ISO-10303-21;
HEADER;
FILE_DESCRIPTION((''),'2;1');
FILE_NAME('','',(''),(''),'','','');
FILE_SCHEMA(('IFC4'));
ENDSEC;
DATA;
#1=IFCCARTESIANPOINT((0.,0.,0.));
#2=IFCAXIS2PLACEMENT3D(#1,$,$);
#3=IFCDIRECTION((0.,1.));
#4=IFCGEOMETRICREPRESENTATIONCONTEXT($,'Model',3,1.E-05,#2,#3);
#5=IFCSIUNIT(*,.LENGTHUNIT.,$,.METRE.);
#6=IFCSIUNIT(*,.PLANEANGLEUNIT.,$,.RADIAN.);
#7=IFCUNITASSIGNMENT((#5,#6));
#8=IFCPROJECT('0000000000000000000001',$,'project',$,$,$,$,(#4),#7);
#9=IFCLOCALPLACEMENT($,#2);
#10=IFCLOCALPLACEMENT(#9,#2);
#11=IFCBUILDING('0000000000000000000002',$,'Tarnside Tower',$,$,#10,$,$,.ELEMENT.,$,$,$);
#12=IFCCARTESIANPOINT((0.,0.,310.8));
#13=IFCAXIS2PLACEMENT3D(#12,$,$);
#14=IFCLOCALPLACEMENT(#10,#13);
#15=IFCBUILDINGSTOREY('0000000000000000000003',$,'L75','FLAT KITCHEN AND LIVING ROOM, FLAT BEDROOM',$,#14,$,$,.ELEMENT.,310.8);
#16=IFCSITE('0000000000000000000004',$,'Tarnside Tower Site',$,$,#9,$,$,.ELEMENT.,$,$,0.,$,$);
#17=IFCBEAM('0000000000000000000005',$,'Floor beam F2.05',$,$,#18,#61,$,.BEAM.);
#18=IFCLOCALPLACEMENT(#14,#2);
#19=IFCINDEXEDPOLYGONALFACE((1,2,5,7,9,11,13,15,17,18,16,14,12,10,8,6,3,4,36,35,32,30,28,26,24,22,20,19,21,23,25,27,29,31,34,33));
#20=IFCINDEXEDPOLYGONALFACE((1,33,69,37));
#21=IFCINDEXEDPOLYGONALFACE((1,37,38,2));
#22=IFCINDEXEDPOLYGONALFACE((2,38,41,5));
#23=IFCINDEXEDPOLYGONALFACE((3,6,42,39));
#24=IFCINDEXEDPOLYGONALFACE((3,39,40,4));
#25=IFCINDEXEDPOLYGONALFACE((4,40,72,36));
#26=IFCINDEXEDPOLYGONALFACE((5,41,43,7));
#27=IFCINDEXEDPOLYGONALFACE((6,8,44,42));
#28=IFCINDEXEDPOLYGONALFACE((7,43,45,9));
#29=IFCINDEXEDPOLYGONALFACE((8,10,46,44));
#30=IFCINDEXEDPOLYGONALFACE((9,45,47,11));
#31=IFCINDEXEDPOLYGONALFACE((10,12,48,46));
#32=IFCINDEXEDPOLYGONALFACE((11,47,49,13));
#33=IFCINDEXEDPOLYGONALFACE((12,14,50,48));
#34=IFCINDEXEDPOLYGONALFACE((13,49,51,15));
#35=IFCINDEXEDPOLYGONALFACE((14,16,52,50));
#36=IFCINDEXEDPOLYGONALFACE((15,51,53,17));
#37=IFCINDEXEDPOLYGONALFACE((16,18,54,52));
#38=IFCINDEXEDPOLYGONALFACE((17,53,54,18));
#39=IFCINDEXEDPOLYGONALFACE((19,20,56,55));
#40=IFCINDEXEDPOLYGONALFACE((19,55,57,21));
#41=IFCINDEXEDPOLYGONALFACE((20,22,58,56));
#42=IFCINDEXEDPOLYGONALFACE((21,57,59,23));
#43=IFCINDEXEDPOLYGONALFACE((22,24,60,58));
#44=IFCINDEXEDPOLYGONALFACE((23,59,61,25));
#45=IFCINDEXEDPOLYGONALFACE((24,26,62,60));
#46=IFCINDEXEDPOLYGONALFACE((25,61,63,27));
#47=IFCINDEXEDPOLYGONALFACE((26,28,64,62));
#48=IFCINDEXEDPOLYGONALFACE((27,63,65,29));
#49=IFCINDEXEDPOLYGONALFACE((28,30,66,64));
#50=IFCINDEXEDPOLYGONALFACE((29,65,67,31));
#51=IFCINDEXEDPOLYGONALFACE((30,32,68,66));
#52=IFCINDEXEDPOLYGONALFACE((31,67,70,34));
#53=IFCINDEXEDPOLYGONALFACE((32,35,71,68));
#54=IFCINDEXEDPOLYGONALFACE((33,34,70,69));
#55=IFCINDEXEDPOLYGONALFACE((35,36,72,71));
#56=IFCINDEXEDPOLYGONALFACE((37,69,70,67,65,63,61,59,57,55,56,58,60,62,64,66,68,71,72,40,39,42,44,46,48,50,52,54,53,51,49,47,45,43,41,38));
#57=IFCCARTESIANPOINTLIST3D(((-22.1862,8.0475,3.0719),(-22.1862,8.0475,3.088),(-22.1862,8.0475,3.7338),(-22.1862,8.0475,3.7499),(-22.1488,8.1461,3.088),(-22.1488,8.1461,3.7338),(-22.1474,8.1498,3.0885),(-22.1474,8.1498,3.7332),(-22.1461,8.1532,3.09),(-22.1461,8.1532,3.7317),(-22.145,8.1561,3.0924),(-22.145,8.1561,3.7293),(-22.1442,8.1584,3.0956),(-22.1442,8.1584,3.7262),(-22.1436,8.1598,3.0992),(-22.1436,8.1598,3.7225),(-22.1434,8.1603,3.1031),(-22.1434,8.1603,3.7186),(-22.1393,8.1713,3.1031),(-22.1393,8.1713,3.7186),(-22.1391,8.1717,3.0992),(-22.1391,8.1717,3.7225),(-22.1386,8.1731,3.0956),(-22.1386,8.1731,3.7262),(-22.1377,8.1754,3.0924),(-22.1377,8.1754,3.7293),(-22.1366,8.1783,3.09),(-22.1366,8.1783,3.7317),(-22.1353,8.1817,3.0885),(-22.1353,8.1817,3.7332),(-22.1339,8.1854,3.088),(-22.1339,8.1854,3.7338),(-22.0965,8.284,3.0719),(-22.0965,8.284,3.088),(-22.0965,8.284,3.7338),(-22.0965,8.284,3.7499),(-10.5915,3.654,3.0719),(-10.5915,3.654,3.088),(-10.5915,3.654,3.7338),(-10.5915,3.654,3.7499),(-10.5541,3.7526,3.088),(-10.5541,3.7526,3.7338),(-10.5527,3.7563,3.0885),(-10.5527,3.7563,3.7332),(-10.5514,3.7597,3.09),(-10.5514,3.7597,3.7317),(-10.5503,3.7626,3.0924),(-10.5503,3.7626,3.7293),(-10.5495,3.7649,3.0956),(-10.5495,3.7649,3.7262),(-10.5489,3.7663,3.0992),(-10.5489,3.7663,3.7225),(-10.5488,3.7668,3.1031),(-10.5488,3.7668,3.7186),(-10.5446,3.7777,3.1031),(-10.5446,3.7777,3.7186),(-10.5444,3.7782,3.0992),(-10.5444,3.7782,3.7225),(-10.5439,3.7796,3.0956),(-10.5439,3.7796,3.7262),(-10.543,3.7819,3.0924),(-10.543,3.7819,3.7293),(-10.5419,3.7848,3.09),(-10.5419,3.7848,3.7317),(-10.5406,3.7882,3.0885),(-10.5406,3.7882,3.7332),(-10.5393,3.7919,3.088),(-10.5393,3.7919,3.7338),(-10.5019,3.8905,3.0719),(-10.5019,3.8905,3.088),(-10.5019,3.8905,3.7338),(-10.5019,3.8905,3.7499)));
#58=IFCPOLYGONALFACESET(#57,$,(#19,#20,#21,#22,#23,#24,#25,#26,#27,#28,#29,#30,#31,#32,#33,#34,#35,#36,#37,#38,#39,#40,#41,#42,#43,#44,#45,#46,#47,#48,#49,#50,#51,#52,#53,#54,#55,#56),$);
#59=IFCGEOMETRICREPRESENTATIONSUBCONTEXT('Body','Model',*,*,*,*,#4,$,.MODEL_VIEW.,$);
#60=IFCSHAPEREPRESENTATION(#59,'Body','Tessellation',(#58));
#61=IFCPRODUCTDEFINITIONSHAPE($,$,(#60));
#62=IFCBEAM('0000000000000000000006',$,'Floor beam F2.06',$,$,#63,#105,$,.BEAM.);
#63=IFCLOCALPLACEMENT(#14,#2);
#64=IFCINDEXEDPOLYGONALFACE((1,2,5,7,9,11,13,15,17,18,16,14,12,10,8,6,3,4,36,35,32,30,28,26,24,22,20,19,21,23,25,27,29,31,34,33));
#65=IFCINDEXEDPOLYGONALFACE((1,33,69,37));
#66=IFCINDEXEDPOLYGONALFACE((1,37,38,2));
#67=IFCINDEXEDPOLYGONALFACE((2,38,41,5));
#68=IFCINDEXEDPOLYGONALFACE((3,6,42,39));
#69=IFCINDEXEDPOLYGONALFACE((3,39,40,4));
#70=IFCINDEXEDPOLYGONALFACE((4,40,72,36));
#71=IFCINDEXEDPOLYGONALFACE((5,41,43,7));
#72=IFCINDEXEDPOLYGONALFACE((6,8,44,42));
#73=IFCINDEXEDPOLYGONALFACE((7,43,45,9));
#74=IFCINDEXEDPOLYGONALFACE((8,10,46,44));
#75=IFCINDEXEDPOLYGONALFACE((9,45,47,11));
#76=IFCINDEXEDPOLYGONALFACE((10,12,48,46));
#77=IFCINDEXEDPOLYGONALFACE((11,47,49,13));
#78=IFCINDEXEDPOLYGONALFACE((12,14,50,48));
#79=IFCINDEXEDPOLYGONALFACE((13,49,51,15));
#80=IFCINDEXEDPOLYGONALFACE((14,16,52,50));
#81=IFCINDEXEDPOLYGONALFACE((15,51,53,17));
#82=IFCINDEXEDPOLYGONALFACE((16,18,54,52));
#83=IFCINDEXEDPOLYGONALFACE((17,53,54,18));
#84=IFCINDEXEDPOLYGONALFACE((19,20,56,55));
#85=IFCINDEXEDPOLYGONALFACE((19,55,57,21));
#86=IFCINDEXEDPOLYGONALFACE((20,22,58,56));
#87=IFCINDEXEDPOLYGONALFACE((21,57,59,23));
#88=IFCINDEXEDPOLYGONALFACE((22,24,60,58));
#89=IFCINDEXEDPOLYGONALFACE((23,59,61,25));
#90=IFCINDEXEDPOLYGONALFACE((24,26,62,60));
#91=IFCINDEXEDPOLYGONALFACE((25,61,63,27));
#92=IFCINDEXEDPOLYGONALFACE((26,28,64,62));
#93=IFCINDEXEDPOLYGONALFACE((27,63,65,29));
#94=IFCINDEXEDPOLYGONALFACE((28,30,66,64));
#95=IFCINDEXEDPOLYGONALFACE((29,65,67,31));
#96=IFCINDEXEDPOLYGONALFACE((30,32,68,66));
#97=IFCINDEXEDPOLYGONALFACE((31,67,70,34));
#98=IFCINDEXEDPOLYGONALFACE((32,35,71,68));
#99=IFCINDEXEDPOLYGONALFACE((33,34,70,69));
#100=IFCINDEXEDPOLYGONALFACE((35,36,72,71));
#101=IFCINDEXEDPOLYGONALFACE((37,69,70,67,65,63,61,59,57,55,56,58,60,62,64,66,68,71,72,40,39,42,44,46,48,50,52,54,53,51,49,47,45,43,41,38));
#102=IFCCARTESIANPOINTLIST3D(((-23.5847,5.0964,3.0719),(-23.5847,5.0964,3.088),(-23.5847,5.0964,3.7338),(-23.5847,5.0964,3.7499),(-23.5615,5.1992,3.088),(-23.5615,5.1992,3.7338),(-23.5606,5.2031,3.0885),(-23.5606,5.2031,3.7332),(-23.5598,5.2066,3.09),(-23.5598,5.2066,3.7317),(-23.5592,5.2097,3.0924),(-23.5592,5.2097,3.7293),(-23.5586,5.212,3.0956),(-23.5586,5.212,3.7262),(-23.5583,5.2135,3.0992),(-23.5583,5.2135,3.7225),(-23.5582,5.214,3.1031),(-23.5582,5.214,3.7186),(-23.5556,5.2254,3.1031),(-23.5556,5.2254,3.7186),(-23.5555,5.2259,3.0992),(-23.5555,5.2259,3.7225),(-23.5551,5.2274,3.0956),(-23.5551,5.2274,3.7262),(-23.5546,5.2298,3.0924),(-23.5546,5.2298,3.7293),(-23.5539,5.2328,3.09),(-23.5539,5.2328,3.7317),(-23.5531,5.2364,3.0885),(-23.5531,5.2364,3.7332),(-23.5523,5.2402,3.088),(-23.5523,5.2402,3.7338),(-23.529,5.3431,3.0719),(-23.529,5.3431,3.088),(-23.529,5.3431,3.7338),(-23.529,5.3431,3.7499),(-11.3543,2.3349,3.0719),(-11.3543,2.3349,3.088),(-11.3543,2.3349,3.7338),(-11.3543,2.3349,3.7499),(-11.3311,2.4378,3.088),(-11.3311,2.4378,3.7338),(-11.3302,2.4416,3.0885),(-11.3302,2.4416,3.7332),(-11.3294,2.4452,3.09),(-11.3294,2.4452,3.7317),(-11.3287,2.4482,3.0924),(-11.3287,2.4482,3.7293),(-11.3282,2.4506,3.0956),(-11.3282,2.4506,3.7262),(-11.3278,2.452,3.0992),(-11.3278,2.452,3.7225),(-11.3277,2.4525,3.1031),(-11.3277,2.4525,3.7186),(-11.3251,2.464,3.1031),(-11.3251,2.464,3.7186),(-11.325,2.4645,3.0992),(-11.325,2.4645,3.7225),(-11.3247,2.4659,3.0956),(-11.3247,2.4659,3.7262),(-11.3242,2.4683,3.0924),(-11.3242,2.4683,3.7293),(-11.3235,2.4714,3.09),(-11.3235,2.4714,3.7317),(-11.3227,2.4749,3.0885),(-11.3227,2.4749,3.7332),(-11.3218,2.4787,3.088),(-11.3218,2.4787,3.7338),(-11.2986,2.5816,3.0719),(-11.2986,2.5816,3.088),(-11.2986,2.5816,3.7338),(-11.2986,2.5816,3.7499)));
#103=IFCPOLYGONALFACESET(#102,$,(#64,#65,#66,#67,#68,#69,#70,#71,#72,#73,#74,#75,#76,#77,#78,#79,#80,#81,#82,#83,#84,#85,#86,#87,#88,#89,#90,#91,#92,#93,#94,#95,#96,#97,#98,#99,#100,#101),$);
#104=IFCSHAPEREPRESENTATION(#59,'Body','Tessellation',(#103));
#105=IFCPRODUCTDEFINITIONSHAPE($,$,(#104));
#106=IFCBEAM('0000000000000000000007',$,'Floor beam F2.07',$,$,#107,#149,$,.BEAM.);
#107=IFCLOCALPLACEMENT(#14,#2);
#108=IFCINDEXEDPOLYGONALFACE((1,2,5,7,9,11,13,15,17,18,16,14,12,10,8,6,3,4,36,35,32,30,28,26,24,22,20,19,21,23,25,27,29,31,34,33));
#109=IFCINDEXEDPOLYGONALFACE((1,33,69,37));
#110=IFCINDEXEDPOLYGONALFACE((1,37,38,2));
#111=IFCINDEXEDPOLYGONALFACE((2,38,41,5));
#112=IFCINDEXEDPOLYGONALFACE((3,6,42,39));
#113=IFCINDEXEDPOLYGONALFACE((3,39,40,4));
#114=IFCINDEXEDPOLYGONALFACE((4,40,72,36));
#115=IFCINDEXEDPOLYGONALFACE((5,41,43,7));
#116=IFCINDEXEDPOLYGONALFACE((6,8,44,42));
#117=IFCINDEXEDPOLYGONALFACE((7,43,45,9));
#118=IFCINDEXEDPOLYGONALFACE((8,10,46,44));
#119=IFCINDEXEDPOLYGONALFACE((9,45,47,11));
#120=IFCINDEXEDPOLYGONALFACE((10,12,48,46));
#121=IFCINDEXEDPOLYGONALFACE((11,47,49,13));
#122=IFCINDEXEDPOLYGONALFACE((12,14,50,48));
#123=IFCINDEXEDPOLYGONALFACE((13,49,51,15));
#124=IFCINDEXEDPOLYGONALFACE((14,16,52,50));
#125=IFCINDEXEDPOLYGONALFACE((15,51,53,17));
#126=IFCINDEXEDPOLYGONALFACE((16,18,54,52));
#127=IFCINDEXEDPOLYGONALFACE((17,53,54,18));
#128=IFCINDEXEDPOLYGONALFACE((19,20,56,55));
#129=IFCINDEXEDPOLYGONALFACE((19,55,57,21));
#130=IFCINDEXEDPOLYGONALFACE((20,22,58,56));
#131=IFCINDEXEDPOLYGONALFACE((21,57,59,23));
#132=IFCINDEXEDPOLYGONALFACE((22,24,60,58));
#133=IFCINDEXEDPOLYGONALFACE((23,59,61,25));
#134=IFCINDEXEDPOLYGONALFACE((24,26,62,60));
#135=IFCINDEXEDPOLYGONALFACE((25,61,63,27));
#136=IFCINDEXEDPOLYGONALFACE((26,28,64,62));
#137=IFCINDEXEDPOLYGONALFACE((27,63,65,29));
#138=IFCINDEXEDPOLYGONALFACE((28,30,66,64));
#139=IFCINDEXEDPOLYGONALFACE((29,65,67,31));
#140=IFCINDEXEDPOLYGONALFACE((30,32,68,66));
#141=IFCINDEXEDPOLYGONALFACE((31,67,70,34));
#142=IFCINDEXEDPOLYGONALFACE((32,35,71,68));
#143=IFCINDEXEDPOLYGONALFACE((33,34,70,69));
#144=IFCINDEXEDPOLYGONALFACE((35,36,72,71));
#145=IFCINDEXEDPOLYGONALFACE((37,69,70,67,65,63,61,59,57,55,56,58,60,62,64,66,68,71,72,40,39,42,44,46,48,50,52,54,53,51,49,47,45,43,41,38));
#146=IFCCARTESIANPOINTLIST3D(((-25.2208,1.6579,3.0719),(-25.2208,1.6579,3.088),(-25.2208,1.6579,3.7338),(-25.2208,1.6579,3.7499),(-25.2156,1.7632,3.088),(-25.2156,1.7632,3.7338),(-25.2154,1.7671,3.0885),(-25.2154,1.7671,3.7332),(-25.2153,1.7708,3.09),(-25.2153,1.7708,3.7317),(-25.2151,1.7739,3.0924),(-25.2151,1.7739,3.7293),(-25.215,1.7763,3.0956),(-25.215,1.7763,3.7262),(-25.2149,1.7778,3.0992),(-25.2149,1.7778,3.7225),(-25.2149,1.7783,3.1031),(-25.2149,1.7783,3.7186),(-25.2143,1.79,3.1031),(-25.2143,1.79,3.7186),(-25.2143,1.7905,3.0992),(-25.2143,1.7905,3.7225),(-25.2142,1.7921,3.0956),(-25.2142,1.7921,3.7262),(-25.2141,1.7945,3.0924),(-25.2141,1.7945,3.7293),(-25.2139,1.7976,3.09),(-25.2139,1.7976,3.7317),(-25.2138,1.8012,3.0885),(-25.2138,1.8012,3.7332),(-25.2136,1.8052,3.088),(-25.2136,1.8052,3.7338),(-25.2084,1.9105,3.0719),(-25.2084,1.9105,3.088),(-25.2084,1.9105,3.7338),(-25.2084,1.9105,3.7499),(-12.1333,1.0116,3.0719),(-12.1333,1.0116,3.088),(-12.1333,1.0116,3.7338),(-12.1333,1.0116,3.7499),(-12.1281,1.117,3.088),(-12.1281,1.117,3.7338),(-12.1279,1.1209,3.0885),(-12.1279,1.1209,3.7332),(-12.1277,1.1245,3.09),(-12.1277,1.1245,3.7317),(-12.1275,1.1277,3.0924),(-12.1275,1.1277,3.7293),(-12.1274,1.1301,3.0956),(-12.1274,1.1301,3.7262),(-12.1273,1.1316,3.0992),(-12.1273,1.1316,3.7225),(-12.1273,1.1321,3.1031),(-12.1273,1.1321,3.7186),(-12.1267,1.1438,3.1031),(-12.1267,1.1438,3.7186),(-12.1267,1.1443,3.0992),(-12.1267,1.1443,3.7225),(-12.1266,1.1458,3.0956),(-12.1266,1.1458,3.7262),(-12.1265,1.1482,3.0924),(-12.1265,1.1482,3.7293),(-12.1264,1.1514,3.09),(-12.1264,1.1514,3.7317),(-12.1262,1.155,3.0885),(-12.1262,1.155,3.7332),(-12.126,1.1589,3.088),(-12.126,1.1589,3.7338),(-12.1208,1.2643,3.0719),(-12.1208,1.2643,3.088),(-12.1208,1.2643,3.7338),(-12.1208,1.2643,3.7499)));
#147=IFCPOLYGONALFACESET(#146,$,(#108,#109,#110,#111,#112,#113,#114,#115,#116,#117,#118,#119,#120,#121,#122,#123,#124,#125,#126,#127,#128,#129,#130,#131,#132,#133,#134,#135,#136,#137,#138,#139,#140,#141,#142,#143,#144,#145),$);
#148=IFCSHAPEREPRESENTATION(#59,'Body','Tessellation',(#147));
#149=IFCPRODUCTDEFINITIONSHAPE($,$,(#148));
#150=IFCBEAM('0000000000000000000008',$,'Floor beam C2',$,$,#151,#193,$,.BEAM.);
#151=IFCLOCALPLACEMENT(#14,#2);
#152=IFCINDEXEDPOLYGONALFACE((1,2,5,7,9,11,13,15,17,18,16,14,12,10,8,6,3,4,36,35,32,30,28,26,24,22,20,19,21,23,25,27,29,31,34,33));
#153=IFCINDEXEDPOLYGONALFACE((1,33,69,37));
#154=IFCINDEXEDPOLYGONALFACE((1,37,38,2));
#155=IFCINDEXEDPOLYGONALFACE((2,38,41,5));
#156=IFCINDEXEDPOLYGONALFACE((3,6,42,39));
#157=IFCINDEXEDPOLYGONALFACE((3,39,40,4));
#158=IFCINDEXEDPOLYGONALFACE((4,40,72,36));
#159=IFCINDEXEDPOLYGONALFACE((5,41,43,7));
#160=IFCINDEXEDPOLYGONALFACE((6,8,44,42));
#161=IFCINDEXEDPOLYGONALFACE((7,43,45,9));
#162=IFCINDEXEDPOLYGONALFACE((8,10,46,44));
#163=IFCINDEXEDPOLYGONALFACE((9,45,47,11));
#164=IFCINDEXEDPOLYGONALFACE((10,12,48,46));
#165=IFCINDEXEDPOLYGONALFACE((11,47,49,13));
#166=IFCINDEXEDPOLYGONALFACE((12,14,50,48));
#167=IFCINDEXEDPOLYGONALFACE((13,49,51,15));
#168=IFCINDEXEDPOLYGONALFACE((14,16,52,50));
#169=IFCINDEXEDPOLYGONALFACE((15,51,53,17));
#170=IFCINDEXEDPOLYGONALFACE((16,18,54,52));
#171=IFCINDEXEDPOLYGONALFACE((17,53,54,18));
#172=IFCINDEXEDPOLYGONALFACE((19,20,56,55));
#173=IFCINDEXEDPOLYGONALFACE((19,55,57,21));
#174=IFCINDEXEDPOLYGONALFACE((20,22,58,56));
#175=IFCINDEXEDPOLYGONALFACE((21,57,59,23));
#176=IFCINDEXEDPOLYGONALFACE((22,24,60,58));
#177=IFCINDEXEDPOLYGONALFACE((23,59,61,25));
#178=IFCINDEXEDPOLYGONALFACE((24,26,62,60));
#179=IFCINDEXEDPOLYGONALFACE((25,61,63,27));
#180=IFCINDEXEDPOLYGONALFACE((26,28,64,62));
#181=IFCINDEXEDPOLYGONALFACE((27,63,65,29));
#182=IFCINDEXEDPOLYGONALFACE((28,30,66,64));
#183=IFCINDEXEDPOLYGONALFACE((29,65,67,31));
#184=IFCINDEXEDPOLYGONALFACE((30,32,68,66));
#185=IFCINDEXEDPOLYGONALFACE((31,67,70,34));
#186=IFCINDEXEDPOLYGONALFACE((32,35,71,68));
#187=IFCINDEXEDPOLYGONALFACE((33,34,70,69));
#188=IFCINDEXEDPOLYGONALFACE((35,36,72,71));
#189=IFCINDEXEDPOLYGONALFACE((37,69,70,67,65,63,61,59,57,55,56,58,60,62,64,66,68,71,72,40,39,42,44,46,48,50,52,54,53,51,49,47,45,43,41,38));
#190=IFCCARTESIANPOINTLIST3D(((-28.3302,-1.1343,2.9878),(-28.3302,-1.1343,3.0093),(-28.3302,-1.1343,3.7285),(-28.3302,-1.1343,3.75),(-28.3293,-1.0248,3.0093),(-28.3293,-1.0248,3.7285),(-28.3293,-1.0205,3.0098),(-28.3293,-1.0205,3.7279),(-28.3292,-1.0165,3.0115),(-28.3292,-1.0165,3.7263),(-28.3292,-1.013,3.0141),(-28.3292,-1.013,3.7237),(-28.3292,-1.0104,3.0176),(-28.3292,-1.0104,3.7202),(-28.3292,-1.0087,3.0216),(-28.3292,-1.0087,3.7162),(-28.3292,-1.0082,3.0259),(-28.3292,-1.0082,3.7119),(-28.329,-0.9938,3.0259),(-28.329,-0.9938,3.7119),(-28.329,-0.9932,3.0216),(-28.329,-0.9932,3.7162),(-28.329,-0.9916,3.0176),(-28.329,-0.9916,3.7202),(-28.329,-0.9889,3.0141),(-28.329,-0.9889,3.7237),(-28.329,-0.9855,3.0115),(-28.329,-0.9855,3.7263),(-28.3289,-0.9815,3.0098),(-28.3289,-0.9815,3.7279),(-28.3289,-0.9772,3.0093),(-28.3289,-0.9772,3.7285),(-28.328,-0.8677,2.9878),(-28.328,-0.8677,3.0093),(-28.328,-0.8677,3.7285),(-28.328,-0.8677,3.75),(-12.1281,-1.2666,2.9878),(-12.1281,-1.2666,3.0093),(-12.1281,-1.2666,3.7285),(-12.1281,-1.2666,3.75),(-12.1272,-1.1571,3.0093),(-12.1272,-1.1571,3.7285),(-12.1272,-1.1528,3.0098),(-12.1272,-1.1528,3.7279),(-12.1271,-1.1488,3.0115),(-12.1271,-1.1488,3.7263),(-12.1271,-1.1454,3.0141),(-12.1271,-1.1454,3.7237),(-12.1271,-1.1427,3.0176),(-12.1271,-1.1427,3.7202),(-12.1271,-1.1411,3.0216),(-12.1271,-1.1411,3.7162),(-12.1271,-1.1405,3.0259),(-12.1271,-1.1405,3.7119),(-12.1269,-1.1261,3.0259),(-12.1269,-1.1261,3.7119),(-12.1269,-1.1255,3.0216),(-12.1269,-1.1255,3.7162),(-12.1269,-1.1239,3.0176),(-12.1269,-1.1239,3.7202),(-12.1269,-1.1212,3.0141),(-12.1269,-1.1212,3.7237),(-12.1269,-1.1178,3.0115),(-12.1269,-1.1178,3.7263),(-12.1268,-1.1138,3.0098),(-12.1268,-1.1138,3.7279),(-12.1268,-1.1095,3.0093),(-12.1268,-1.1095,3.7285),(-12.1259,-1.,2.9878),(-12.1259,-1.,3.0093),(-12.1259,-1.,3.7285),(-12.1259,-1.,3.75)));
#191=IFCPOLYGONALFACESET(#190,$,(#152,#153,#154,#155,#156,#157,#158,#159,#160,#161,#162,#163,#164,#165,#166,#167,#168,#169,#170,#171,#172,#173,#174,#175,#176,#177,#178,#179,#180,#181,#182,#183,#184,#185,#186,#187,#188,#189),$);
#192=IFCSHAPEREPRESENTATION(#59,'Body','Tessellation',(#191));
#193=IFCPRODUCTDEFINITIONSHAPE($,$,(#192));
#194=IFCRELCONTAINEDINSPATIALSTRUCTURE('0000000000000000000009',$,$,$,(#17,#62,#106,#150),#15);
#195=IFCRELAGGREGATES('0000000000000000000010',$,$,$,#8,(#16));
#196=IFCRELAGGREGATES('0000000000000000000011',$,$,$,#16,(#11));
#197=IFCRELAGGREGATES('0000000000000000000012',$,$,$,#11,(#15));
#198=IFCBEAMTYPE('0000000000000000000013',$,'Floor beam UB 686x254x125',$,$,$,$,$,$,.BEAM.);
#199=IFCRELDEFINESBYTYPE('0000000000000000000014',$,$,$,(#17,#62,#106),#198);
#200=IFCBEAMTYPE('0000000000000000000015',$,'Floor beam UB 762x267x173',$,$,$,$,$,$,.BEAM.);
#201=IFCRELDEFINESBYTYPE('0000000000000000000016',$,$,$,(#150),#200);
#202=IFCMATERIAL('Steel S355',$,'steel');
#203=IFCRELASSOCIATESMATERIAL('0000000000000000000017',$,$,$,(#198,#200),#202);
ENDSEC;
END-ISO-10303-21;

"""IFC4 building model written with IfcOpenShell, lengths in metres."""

from ifc_helpers import new_model, si_unit, direction, frame, origin, origin_2d, place, context, subcontext, project, spatial, i_section, extrude, material, material_profile, profile_set, type_object, element, save


model = new_model("IFC4")

# Units and contexts
model_context = context("Model", 3, precision=1e-05, world=origin(), true_north=direction((0.0, 1.0)))
body_context = subcontext(model_context, "Body", "Model", "MODEL_VIEW")
ifc_project = project(units=[si_unit("LENGTHUNIT", "METRE"), si_unit("PLANEANGLEUNIT", "RADIAN")], contexts=[model_context])

# Site, building, storey
site_placement = place(None, origin())
site = spatial("IfcSite", under=ifc_project, at=site_placement, Name="Tarnside Tower Site", CompositionType="ELEMENT", RefElevation=0.0)
building_placement = place(site_placement, origin())
building = spatial("IfcBuilding", under=site, at=building_placement, Name="Tarnside Tower", CompositionType="ELEMENT")
storey_placement = place(building_placement, frame((0.0, 0.0, 310.8)))
storey = spatial("IfcBuildingStorey", under=building, at=storey_placement, Name="L75", Description="FLAT KITCHEN AND LIVING ROOM, FLAT BEDROOM", CompositionType="ELEMENT", Elevation=310.8)

# Beams
ifc_material_1 = material(Name="Steel S355", Category="steel")
ifc_material_profile_1 = material_profile(ifc_material_1, i_section(OverallWidth=0.2529, OverallDepth=0.678, WebThickness=0.0117, FlangeThickness=0.0161, FilletRadius=0.0151, at=origin_2d()), Name="UB 686x254x125")
ifc_profile_set_1 = profile_set([ifc_material_profile_1], Name="Steel S355")
beam_type_1 = type_object("IfcBeamType", Name="Floor beam UB 686x254x125", PredefinedType="BEAM", material=ifc_profile_set_1)
beam_1_placement = place(storey_placement, frame((-22.1414, 8.1658, 3.4109), z_axis=(0.935116, -0.354341, 0.0), x_axis=(0.354341, 0.935116, 0.0)))
element("IfcBeam", 1, at=beam_1_placement, inside=storey, type_object=beam_type_1, Name="Floor beam F2.05", PredefinedType="BEAM", context=body_context, shape_type="SweptSolid", body=[
    extrude(i_section(OverallWidth=0.2529, OverallDepth=0.678, WebThickness=0.0117, FlangeThickness=0.0161, FilletRadius=0.0151, at=origin_2d()), origin(), (0.0, 0.0, 1.0), 12.3992),
])
beam_2_placement = place(storey_placement, frame((-23.5569, 5.2197, 3.4109), z_axis=(0.975445, -0.220242, 0.0), x_axis=(0.220242, 0.975445, 0.0)))
element("IfcBeam", 2, at=beam_2_placement, inside=storey, type_object=beam_type_1, Name="Floor beam F2.06", PredefinedType="BEAM", context=body_context, shape_type="SweptSolid", body=[
    extrude(i_section(OverallWidth=0.2529, OverallDepth=0.678, WebThickness=0.0117, FlangeThickness=0.0161, FilletRadius=0.0151, at=origin_2d()), origin(), (0.0, 0.0, 1.0), 12.5383),
])
beam_3_placement = place(storey_placement, frame((-25.2146, 1.7842, 3.4109), z_axis=(0.998783, -0.049318, 0.0), x_axis=(0.049318, 0.998783, 0.0)))
element("IfcBeam", 3, at=beam_3_placement, inside=storey, type_object=beam_type_1, Name="Floor beam F2.07", PredefinedType="BEAM", context=body_context, shape_type="SweptSolid", body=[
    extrude(i_section(OverallWidth=0.2529, OverallDepth=0.678, WebThickness=0.0117, FlangeThickness=0.0161, FilletRadius=0.0151, at=origin_2d()), origin(), (0.0, 0.0, 1.0), 13.1035),
])
ifc_material_profile_2 = material_profile(ifc_material_1, i_section(OverallWidth=0.2666, OverallDepth=0.7622, WebThickness=0.0144, FlangeThickness=0.0215, FilletRadius=0.0166, at=origin_2d()), Name="UB 762x267x173")
ifc_profile_set_2 = profile_set([ifc_material_profile_2], Name="Steel S355")
beam_type_2 = type_object("IfcBeamType", Name="Floor beam UB 762x267x173", PredefinedType="BEAM", material=ifc_profile_set_2)
beam_4_placement = place(storey_placement, frame((-28.3291, -1.001, 3.3689), z_axis=(0.999967, -0.008167, 0.0), x_axis=(0.008167, 0.999967, 0.0)))
element("IfcBeam", 4, at=beam_4_placement, inside=storey, type_object=beam_type_2, Name="Floor beam C2", PredefinedType="BEAM", context=body_context, shape_type="SweptSolid", body=[
    extrude(i_section(OverallWidth=0.2666, OverallDepth=0.7622, WebThickness=0.0144, FlangeThickness=0.0215, FilletRadius=0.0166, at=origin_2d()), origin(), (0.0, 0.0, 1.0), 16.2026),
])

save(model, "model.ifc")
